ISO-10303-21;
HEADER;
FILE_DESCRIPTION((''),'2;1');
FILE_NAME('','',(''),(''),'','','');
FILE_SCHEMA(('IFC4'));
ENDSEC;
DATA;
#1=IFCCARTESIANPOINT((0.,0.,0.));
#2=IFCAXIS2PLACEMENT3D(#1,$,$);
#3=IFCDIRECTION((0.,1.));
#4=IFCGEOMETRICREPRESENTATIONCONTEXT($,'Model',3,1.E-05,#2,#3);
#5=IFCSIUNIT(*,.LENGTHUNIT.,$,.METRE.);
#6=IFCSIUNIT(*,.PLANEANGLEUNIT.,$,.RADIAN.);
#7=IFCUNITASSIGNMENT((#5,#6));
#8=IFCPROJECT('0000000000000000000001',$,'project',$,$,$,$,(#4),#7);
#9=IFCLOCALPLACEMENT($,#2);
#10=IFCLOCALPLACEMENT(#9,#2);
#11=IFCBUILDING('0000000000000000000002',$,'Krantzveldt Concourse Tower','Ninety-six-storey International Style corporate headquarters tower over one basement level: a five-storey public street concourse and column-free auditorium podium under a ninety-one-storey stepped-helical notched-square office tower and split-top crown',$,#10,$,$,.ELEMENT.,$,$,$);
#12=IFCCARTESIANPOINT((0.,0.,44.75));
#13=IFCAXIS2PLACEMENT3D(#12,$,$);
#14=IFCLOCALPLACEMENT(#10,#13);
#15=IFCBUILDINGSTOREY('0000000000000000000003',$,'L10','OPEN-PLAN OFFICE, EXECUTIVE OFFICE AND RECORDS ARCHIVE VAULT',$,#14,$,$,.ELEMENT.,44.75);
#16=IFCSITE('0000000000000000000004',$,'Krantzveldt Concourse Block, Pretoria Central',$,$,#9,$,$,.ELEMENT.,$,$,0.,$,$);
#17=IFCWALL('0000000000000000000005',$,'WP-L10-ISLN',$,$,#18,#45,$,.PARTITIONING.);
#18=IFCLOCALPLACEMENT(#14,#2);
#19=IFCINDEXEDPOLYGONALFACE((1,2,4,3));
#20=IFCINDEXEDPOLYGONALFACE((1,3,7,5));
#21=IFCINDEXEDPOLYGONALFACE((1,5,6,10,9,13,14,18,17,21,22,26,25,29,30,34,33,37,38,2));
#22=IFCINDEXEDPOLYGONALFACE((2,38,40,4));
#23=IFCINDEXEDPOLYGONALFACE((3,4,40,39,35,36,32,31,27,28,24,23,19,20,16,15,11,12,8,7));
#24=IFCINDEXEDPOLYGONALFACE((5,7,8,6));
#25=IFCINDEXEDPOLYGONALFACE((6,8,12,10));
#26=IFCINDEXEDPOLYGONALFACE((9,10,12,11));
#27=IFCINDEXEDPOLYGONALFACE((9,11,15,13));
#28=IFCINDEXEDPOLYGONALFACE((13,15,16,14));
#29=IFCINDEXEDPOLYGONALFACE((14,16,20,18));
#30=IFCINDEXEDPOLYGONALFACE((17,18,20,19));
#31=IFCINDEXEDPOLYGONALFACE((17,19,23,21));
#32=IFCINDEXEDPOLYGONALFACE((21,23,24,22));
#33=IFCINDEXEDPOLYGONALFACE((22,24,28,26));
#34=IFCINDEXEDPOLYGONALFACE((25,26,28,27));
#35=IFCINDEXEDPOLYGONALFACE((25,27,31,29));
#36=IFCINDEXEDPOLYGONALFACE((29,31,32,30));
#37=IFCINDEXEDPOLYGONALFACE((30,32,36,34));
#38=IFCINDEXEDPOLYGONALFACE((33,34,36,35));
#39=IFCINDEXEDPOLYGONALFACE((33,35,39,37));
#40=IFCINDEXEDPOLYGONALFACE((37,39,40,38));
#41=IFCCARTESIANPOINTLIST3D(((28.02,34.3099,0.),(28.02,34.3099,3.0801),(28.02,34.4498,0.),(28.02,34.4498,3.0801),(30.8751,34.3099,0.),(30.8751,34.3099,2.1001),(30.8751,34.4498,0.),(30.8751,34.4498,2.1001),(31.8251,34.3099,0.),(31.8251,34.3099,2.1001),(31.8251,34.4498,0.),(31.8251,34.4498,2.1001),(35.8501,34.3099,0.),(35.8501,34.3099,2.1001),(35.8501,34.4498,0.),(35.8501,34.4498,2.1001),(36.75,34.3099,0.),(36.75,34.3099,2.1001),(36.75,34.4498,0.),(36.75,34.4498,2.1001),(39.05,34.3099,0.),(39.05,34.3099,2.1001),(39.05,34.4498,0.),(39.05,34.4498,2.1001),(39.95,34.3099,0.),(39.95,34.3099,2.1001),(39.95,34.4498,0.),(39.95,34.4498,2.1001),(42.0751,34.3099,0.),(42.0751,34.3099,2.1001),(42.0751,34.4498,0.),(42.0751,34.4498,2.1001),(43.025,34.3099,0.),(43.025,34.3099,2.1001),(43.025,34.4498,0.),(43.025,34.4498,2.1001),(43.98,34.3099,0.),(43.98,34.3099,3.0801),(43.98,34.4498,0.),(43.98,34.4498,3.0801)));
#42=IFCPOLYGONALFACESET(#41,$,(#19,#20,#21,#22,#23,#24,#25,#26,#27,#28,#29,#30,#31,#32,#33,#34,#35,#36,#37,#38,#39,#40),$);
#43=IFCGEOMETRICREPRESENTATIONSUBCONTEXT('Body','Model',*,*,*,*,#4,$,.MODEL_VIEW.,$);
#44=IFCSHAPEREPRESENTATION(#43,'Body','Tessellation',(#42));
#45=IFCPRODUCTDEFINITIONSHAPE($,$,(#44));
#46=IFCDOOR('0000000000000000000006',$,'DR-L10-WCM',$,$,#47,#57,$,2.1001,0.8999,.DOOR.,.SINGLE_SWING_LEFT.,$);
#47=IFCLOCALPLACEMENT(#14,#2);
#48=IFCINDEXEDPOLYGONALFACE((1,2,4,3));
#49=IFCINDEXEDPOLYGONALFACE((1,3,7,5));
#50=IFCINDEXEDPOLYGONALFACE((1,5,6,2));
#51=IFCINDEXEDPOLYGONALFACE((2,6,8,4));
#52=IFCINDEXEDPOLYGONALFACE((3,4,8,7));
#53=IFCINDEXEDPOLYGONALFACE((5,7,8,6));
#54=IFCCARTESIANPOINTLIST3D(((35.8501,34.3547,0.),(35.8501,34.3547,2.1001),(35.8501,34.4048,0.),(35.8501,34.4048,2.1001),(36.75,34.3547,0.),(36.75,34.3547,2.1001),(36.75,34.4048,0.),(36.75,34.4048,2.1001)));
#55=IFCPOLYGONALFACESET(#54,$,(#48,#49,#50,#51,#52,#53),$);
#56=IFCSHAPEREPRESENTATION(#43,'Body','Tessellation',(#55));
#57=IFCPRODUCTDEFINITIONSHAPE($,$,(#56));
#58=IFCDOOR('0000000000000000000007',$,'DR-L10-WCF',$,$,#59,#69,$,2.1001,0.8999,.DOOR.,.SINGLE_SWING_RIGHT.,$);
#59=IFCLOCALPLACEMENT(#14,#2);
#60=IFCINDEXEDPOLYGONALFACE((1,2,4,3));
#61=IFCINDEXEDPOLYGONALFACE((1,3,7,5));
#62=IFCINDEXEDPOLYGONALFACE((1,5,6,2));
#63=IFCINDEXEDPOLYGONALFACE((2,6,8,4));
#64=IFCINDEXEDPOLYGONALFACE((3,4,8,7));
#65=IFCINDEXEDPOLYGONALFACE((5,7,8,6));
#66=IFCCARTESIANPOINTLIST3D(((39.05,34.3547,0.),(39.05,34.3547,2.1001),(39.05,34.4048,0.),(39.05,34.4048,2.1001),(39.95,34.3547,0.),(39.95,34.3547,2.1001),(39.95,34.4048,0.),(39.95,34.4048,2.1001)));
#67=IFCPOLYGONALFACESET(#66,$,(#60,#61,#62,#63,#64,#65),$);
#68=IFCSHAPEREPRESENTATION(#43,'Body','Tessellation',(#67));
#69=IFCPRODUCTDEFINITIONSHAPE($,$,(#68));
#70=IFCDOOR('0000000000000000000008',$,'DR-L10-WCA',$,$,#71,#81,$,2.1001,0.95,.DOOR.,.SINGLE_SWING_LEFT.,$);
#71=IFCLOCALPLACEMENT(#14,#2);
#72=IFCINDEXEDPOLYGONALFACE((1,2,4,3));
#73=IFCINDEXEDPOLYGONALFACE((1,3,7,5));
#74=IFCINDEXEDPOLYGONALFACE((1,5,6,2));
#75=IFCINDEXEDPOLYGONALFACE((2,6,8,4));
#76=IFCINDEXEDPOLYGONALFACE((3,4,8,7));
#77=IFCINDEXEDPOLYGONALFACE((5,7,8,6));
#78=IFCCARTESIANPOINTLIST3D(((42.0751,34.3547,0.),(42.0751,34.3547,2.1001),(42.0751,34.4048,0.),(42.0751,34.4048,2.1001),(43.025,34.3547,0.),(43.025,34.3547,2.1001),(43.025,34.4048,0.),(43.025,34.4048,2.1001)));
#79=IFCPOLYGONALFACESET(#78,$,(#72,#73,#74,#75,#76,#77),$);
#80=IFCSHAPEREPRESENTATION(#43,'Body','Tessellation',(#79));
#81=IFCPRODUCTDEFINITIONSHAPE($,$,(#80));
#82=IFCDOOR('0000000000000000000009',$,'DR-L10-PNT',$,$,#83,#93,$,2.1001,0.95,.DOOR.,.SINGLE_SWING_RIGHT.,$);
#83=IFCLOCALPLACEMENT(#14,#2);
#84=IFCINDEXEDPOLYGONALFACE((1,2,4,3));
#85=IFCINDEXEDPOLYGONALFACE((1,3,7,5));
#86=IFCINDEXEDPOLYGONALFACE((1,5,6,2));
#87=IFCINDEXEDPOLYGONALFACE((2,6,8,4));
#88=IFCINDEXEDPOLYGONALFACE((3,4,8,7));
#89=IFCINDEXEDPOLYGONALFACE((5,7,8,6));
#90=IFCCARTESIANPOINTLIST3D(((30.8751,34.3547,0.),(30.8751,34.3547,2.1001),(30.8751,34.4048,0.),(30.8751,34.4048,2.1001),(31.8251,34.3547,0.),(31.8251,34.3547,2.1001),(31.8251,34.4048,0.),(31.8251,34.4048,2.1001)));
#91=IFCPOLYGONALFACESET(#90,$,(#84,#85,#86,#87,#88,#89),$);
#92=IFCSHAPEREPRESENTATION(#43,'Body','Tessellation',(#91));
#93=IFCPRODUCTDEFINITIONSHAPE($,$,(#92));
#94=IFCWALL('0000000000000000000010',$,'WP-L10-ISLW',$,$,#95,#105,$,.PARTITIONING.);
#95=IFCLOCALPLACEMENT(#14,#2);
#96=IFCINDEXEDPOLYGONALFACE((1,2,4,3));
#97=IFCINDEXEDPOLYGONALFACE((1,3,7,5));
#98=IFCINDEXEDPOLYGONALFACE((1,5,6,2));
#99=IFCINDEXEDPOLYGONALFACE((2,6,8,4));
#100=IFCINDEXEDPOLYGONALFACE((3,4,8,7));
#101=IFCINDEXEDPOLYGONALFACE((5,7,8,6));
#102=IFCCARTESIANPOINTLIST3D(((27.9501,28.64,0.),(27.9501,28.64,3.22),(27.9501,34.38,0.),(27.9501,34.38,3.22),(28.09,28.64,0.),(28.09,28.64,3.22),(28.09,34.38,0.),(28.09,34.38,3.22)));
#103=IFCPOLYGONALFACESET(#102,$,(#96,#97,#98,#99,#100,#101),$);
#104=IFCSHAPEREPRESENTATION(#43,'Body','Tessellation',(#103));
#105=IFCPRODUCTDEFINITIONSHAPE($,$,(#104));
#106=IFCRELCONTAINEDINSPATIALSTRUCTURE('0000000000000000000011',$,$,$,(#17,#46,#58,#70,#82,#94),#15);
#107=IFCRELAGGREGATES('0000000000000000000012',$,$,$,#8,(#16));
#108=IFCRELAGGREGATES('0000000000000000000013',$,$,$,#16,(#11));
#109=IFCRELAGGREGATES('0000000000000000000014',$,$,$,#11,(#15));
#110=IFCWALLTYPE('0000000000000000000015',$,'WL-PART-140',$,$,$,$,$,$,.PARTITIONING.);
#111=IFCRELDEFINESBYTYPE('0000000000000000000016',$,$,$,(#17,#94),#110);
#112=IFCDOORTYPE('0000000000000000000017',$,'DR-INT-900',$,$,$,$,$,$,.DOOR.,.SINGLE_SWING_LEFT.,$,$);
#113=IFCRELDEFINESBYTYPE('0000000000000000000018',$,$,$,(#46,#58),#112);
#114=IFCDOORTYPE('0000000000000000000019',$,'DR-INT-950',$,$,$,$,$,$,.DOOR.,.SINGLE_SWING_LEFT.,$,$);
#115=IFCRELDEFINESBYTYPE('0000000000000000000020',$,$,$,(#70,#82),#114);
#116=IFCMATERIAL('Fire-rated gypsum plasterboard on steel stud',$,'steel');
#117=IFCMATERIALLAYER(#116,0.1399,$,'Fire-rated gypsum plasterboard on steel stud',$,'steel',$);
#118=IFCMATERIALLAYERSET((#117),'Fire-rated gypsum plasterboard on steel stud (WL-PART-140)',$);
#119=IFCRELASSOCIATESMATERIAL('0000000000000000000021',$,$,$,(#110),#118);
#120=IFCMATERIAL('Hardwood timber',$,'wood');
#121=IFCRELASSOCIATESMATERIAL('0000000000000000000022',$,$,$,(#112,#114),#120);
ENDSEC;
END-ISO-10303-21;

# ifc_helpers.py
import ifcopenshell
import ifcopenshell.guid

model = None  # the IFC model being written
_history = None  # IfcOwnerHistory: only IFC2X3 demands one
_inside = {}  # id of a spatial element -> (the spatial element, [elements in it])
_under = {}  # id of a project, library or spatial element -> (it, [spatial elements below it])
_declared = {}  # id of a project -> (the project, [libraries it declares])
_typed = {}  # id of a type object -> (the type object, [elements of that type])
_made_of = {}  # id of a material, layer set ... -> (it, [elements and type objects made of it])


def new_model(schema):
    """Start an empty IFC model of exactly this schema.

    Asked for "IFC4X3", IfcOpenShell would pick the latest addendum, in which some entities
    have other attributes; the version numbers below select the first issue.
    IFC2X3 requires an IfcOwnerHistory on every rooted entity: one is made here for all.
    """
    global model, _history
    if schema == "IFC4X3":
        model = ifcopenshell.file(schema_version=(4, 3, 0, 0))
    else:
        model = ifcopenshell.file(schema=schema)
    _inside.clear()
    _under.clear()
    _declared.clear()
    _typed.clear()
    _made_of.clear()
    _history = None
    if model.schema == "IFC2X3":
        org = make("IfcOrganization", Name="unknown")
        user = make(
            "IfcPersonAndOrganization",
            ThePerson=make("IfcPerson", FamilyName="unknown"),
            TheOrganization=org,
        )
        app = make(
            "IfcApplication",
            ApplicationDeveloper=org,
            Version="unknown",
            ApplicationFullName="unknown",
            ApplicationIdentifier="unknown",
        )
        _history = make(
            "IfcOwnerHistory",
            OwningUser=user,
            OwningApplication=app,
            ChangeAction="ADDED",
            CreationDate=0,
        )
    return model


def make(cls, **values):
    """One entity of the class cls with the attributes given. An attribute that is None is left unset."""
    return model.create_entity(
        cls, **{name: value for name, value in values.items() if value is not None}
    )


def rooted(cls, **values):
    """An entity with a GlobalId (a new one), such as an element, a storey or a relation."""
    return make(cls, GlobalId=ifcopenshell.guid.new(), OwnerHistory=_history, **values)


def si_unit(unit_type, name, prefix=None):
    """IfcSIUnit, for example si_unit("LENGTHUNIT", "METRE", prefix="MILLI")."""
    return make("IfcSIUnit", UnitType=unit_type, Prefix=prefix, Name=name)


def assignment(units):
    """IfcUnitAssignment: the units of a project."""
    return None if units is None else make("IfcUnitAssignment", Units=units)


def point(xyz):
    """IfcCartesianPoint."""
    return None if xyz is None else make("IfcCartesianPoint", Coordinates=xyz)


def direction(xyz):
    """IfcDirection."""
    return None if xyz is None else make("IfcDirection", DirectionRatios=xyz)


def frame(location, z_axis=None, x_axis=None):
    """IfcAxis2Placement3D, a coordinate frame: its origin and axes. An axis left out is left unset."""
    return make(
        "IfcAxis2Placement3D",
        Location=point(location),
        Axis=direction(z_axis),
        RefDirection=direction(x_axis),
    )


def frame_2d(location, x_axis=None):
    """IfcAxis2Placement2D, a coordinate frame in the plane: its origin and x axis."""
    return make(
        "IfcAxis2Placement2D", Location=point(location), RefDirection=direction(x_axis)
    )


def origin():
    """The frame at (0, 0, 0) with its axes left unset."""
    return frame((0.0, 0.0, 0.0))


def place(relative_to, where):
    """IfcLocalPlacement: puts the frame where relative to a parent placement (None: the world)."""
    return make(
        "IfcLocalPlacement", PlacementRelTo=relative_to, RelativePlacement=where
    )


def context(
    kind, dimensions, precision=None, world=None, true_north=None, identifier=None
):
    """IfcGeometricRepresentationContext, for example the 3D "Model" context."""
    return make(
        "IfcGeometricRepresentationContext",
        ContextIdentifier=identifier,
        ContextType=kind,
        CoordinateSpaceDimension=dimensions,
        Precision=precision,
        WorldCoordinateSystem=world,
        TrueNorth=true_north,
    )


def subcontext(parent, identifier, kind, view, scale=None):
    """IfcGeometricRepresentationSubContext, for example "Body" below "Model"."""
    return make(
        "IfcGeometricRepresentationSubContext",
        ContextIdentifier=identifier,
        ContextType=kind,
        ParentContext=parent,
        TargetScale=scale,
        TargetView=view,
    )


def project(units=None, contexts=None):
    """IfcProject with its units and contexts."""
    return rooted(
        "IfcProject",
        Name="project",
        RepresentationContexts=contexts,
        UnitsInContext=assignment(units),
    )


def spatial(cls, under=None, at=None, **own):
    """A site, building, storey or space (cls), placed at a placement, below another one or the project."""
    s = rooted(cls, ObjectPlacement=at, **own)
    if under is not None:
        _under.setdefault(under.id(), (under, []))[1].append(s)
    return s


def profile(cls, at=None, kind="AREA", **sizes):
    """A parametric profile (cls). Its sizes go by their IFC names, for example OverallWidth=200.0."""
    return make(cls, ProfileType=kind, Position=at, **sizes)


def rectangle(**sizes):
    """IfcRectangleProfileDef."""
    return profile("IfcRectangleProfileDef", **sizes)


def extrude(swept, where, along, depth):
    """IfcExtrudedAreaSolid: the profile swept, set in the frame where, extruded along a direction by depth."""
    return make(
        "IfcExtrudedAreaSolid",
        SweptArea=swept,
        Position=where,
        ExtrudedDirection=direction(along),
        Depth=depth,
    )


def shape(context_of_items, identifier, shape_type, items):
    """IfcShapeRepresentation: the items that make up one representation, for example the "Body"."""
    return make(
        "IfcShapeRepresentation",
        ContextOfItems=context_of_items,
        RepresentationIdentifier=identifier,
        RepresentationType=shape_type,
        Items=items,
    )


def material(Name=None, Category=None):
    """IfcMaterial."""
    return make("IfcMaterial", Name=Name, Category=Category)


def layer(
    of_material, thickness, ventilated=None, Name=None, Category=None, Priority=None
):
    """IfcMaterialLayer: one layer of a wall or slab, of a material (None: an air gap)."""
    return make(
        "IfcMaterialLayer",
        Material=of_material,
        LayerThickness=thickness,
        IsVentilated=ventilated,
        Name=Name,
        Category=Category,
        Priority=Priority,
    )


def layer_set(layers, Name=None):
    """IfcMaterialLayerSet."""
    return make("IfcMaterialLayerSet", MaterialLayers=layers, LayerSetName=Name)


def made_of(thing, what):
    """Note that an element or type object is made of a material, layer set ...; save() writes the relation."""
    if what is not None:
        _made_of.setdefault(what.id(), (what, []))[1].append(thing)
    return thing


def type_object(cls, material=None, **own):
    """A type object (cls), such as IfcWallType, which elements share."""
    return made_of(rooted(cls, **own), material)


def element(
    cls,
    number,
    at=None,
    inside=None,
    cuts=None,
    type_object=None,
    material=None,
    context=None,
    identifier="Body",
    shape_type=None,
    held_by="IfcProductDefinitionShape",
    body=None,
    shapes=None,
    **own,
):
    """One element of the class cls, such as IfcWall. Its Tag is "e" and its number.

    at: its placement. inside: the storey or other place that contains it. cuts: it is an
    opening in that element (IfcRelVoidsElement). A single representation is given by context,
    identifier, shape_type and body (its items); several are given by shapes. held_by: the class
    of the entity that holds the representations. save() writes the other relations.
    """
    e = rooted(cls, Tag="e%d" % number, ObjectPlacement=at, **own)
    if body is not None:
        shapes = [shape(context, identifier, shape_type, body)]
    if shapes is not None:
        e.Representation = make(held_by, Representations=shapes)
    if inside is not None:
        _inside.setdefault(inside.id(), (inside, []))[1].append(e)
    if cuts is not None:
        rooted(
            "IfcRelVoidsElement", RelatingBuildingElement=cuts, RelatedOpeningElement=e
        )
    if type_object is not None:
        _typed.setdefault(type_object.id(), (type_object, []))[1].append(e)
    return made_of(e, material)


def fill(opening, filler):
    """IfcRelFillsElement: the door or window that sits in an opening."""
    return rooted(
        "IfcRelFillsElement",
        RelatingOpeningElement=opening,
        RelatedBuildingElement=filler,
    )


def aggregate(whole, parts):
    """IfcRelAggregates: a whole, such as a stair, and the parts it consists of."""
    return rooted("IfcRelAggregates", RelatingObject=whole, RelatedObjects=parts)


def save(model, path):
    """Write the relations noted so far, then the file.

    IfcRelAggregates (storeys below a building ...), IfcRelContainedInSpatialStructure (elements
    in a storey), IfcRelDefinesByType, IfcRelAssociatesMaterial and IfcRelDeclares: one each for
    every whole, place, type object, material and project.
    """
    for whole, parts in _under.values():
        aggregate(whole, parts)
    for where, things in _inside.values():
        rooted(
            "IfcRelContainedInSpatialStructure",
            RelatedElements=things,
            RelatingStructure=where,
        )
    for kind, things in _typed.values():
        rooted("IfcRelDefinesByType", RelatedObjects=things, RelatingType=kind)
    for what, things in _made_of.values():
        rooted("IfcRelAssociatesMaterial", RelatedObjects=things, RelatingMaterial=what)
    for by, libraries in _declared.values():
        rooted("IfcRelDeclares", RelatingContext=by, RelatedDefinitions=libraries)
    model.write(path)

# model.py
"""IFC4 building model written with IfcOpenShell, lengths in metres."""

from ifc_helpers import new_model, si_unit, direction, frame, frame_2d, origin, place, context, subcontext, project, spatial, rectangle, extrude, material, layer, layer_set, type_object, element, fill, save


model = new_model("IFC4")

# Units and contexts
model_context = context("Model", 3, precision=1e-05, world=origin(), true_north=direction((0.0, 1.0)))
body_context = subcontext(model_context, "Body", "Model", "MODEL_VIEW")
ifc_project = project(units=[si_unit("LENGTHUNIT", "METRE"), si_unit("PLANEANGLEUNIT", "RADIAN")], contexts=[model_context])

# Site, building, storey
site_placement = place(None, origin())
site = spatial("IfcSite", under=ifc_project, at=site_placement, Name="Krantzveldt Concourse Block, Pretoria Central", CompositionType="ELEMENT", RefElevation=0.0)
building_placement = place(site_placement, origin())
building = spatial("IfcBuilding", under=site, at=building_placement, Name="Krantzveldt Concourse Tower", Description="Ninety-six-storey International Style corporate headquarters tower over one basement level: a five-storey public street concourse and column-free auditorium podium under a ninety-one-storey stepped-helical notched-square office tower and split-top crown", CompositionType="ELEMENT")
storey_placement = place(building_placement, frame((0.0, 0.0, 44.75)))
storey = spatial("IfcBuildingStorey", under=building, at=storey_placement, Name="L10", Description="OPEN-PLAN OFFICE, EXECUTIVE OFFICE AND RECORDS ARCHIVE VAULT", CompositionType="ELEMENT", Elevation=44.75)

# Shared definitions
ifc_material_1 = material(Name="Fire-rated gypsum plasterboard on steel stud", Category="steel")

# Shared definitions
ifc_layer_1 = layer(ifc_material_1, 0.1399, Name="Fire-rated gypsum plasterboard on steel stud", Category="steel")
ifc_layer_set_1 = layer_set([ifc_layer_1], Name="Fire-rated gypsum plasterboard on steel stud (WL-PART-140)")
wall_type_1 = type_object("IfcWallType", Name="WL-PART-140", PredefinedType="PARTITIONING", material=ifc_layer_set_1)
ifc_material_2 = material(Name="Hardwood timber", Category="wood")

# Wall, openings, doors
wall_1_placement = place(storey_placement, frame((28.02, 34.3799, 0.0), z_axis=(0.0, 0.0, 1.0), x_axis=(1.0, 0.0, 0.0)))
wall_1 = element("IfcWall", 1, at=wall_1_placement, inside=storey, type_object=wall_type_1, Name="WP-L10-ISLN", PredefinedType="PARTITIONING", context=body_context, shape_type="SweptSolid", body=[
    extrude(rectangle(XDim=15.96, YDim=0.1399, at=frame_2d((7.98, 0.0))), origin(), (0.0, 0.0, 1.0), 3.0801),
])
opening_1_placement = place(wall_1_placement, frame((7.8301, 0.0, 0.0)))
opening_1 = element("IfcOpeningElement", 2, at=opening_1_placement, cuts=wall_1, PredefinedType="OPENING", context=body_context, shape_type="SweptSolid", body=[
    extrude(rectangle(XDim=0.8999, YDim=2.1001, at=frame_2d((0.45, 1.05))), frame((0.0, 0.0801, 0.0), z_axis=(0.0, -1.0, 0.0), x_axis=(1.0, 0.0, 0.0)), (0.0, 0.0, 1.0), 0.1599),
])
opening_2_placement = place(wall_1_placement, frame((11.03, 0.0, 0.0)))
opening_2 = element("IfcOpeningElement", 3, at=opening_2_placement, cuts=wall_1, PredefinedType="OPENING", context=body_context, shape_type="SweptSolid", body=[
    extrude(rectangle(XDim=0.8999, YDim=2.1001, at=frame_2d((0.45, 1.05))), frame((0.0, 0.0801, 0.0), z_axis=(0.0, -1.0, 0.0), x_axis=(1.0, 0.0, 0.0)), (0.0, 0.0, 1.0), 0.1599),
])
opening_3_placement = place(wall_1_placement, frame((14.0549, 0.0, 0.0)))
opening_3 = element("IfcOpeningElement", 4, at=opening_3_placement, cuts=wall_1, PredefinedType="OPENING", context=body_context, shape_type="SweptSolid", body=[
    extrude(rectangle(XDim=0.95, YDim=2.1001, at=frame_2d((0.4751, 1.05))), frame((0.0, 0.0801, 0.0), z_axis=(0.0, -1.0, 0.0), x_axis=(1.0, 0.0, 0.0)), (0.0, 0.0, 1.0), 0.1599),
])
opening_4_placement = place(wall_1_placement, frame((2.855, 0.0, 0.0)))
opening_4 = element("IfcOpeningElement", 5, at=opening_4_placement, cuts=wall_1, PredefinedType="OPENING", context=body_context, shape_type="SweptSolid", body=[
    extrude(rectangle(XDim=0.95, YDim=2.1001, at=frame_2d((0.4751, 1.05))), frame((0.0, 0.0801, 0.0), z_axis=(0.0, -1.0, 0.0), x_axis=(1.0, 0.0, 0.0)), (0.0, 0.0, 1.0), 0.1599),
])
door_type_1 = type_object("IfcDoorType", Name="DR-INT-900", OperationType="SINGLE_SWING_LEFT", PredefinedType="DOOR", material=ifc_material_2)
door_1_placement = place(opening_1_placement, origin())
door_1 = element("IfcDoor", 6, at=door_1_placement, inside=storey, type_object=door_type_1, Name="DR-L10-WCM", OperationType="SINGLE_SWING_LEFT", OverallHeight=2.1001, OverallWidth=0.8999, PredefinedType="DOOR", context=body_context, shape_type="SweptSolid", body=[
    extrude(rectangle(XDim=0.8999, YDim=2.1001, at=frame_2d((0.45, 1.05))), frame((0.0, 0.0249, 0.0), z_axis=(0.0, -1.0, 0.0), x_axis=(1.0, 0.0, 0.0)), (0.0, 0.0, 1.0), 0.05),
])
fill(opening_1, door_1)
door_2_placement = place(opening_2_placement, origin())
door_2 = element("IfcDoor", 7, at=door_2_placement, inside=storey, type_object=door_type_1, Name="DR-L10-WCF", OperationType="SINGLE_SWING_RIGHT", OverallHeight=2.1001, OverallWidth=0.8999, PredefinedType="DOOR", context=body_context, shape_type="SweptSolid", body=[
    extrude(rectangle(XDim=0.8999, YDim=2.1001, at=frame_2d((0.45, 1.05))), frame((0.0, 0.0249, 0.0), z_axis=(0.0, -1.0, 0.0), x_axis=(1.0, 0.0, 0.0)), (0.0, 0.0, 1.0), 0.05),
])
fill(opening_2, door_2)
door_type_2 = type_object("IfcDoorType", Name="DR-INT-950", OperationType="SINGLE_SWING_LEFT", PredefinedType="DOOR", material=ifc_material_2)
door_3_placement = place(opening_3_placement, origin())
door_3 = element("IfcDoor", 8, at=door_3_placement, inside=storey, type_object=door_type_2, Name="DR-L10-WCA", OperationType="SINGLE_SWING_LEFT", OverallHeight=2.1001, OverallWidth=0.95, PredefinedType="DOOR", context=body_context, shape_type="SweptSolid", body=[
    extrude(rectangle(XDim=0.95, YDim=2.1001, at=frame_2d((0.4751, 1.05))), frame((0.0, 0.0249, 0.0), z_axis=(0.0, -1.0, 0.0), x_axis=(1.0, 0.0, 0.0)), (0.0, 0.0, 1.0), 0.05),
])
fill(opening_3, door_3)
door_4_placement = place(opening_4_placement, origin())
door_4 = element("IfcDoor", 9, at=door_4_placement, inside=storey, type_object=door_type_2, Name="DR-L10-PNT", OperationType="SINGLE_SWING_RIGHT", OverallHeight=2.1001, OverallWidth=0.95, PredefinedType="DOOR", context=body_context, shape_type="SweptSolid", body=[
    extrude(rectangle(XDim=0.95, YDim=2.1001, at=frame_2d((0.4751, 1.05))), frame((0.0, 0.0249, 0.0), z_axis=(0.0, -1.0, 0.0), x_axis=(1.0, 0.0, 0.0)), (0.0, 0.0, 1.0), 0.05),
])
fill(opening_4, door_4)

# Wall
wall_2_placement = place(storey_placement, frame((28.02, 28.6399, 0.0), z_axis=(0.0, 0.0, 1.0), x_axis=(0.0, 1.0, 0.0)))
element("IfcWall", 10, at=wall_2_placement, inside=storey, type_object=wall_type_1, Name="WP-L10-ISLW", PredefinedType="PARTITIONING", context=body_context, shape_type="SweptSolid", body=[
    extrude(rectangle(XDim=5.74, YDim=0.1399, at=frame_2d((2.8701, 0.0))), origin(), (0.0, 0.0, 1.0), 3.22),
])

save(model, "model.ifc")
